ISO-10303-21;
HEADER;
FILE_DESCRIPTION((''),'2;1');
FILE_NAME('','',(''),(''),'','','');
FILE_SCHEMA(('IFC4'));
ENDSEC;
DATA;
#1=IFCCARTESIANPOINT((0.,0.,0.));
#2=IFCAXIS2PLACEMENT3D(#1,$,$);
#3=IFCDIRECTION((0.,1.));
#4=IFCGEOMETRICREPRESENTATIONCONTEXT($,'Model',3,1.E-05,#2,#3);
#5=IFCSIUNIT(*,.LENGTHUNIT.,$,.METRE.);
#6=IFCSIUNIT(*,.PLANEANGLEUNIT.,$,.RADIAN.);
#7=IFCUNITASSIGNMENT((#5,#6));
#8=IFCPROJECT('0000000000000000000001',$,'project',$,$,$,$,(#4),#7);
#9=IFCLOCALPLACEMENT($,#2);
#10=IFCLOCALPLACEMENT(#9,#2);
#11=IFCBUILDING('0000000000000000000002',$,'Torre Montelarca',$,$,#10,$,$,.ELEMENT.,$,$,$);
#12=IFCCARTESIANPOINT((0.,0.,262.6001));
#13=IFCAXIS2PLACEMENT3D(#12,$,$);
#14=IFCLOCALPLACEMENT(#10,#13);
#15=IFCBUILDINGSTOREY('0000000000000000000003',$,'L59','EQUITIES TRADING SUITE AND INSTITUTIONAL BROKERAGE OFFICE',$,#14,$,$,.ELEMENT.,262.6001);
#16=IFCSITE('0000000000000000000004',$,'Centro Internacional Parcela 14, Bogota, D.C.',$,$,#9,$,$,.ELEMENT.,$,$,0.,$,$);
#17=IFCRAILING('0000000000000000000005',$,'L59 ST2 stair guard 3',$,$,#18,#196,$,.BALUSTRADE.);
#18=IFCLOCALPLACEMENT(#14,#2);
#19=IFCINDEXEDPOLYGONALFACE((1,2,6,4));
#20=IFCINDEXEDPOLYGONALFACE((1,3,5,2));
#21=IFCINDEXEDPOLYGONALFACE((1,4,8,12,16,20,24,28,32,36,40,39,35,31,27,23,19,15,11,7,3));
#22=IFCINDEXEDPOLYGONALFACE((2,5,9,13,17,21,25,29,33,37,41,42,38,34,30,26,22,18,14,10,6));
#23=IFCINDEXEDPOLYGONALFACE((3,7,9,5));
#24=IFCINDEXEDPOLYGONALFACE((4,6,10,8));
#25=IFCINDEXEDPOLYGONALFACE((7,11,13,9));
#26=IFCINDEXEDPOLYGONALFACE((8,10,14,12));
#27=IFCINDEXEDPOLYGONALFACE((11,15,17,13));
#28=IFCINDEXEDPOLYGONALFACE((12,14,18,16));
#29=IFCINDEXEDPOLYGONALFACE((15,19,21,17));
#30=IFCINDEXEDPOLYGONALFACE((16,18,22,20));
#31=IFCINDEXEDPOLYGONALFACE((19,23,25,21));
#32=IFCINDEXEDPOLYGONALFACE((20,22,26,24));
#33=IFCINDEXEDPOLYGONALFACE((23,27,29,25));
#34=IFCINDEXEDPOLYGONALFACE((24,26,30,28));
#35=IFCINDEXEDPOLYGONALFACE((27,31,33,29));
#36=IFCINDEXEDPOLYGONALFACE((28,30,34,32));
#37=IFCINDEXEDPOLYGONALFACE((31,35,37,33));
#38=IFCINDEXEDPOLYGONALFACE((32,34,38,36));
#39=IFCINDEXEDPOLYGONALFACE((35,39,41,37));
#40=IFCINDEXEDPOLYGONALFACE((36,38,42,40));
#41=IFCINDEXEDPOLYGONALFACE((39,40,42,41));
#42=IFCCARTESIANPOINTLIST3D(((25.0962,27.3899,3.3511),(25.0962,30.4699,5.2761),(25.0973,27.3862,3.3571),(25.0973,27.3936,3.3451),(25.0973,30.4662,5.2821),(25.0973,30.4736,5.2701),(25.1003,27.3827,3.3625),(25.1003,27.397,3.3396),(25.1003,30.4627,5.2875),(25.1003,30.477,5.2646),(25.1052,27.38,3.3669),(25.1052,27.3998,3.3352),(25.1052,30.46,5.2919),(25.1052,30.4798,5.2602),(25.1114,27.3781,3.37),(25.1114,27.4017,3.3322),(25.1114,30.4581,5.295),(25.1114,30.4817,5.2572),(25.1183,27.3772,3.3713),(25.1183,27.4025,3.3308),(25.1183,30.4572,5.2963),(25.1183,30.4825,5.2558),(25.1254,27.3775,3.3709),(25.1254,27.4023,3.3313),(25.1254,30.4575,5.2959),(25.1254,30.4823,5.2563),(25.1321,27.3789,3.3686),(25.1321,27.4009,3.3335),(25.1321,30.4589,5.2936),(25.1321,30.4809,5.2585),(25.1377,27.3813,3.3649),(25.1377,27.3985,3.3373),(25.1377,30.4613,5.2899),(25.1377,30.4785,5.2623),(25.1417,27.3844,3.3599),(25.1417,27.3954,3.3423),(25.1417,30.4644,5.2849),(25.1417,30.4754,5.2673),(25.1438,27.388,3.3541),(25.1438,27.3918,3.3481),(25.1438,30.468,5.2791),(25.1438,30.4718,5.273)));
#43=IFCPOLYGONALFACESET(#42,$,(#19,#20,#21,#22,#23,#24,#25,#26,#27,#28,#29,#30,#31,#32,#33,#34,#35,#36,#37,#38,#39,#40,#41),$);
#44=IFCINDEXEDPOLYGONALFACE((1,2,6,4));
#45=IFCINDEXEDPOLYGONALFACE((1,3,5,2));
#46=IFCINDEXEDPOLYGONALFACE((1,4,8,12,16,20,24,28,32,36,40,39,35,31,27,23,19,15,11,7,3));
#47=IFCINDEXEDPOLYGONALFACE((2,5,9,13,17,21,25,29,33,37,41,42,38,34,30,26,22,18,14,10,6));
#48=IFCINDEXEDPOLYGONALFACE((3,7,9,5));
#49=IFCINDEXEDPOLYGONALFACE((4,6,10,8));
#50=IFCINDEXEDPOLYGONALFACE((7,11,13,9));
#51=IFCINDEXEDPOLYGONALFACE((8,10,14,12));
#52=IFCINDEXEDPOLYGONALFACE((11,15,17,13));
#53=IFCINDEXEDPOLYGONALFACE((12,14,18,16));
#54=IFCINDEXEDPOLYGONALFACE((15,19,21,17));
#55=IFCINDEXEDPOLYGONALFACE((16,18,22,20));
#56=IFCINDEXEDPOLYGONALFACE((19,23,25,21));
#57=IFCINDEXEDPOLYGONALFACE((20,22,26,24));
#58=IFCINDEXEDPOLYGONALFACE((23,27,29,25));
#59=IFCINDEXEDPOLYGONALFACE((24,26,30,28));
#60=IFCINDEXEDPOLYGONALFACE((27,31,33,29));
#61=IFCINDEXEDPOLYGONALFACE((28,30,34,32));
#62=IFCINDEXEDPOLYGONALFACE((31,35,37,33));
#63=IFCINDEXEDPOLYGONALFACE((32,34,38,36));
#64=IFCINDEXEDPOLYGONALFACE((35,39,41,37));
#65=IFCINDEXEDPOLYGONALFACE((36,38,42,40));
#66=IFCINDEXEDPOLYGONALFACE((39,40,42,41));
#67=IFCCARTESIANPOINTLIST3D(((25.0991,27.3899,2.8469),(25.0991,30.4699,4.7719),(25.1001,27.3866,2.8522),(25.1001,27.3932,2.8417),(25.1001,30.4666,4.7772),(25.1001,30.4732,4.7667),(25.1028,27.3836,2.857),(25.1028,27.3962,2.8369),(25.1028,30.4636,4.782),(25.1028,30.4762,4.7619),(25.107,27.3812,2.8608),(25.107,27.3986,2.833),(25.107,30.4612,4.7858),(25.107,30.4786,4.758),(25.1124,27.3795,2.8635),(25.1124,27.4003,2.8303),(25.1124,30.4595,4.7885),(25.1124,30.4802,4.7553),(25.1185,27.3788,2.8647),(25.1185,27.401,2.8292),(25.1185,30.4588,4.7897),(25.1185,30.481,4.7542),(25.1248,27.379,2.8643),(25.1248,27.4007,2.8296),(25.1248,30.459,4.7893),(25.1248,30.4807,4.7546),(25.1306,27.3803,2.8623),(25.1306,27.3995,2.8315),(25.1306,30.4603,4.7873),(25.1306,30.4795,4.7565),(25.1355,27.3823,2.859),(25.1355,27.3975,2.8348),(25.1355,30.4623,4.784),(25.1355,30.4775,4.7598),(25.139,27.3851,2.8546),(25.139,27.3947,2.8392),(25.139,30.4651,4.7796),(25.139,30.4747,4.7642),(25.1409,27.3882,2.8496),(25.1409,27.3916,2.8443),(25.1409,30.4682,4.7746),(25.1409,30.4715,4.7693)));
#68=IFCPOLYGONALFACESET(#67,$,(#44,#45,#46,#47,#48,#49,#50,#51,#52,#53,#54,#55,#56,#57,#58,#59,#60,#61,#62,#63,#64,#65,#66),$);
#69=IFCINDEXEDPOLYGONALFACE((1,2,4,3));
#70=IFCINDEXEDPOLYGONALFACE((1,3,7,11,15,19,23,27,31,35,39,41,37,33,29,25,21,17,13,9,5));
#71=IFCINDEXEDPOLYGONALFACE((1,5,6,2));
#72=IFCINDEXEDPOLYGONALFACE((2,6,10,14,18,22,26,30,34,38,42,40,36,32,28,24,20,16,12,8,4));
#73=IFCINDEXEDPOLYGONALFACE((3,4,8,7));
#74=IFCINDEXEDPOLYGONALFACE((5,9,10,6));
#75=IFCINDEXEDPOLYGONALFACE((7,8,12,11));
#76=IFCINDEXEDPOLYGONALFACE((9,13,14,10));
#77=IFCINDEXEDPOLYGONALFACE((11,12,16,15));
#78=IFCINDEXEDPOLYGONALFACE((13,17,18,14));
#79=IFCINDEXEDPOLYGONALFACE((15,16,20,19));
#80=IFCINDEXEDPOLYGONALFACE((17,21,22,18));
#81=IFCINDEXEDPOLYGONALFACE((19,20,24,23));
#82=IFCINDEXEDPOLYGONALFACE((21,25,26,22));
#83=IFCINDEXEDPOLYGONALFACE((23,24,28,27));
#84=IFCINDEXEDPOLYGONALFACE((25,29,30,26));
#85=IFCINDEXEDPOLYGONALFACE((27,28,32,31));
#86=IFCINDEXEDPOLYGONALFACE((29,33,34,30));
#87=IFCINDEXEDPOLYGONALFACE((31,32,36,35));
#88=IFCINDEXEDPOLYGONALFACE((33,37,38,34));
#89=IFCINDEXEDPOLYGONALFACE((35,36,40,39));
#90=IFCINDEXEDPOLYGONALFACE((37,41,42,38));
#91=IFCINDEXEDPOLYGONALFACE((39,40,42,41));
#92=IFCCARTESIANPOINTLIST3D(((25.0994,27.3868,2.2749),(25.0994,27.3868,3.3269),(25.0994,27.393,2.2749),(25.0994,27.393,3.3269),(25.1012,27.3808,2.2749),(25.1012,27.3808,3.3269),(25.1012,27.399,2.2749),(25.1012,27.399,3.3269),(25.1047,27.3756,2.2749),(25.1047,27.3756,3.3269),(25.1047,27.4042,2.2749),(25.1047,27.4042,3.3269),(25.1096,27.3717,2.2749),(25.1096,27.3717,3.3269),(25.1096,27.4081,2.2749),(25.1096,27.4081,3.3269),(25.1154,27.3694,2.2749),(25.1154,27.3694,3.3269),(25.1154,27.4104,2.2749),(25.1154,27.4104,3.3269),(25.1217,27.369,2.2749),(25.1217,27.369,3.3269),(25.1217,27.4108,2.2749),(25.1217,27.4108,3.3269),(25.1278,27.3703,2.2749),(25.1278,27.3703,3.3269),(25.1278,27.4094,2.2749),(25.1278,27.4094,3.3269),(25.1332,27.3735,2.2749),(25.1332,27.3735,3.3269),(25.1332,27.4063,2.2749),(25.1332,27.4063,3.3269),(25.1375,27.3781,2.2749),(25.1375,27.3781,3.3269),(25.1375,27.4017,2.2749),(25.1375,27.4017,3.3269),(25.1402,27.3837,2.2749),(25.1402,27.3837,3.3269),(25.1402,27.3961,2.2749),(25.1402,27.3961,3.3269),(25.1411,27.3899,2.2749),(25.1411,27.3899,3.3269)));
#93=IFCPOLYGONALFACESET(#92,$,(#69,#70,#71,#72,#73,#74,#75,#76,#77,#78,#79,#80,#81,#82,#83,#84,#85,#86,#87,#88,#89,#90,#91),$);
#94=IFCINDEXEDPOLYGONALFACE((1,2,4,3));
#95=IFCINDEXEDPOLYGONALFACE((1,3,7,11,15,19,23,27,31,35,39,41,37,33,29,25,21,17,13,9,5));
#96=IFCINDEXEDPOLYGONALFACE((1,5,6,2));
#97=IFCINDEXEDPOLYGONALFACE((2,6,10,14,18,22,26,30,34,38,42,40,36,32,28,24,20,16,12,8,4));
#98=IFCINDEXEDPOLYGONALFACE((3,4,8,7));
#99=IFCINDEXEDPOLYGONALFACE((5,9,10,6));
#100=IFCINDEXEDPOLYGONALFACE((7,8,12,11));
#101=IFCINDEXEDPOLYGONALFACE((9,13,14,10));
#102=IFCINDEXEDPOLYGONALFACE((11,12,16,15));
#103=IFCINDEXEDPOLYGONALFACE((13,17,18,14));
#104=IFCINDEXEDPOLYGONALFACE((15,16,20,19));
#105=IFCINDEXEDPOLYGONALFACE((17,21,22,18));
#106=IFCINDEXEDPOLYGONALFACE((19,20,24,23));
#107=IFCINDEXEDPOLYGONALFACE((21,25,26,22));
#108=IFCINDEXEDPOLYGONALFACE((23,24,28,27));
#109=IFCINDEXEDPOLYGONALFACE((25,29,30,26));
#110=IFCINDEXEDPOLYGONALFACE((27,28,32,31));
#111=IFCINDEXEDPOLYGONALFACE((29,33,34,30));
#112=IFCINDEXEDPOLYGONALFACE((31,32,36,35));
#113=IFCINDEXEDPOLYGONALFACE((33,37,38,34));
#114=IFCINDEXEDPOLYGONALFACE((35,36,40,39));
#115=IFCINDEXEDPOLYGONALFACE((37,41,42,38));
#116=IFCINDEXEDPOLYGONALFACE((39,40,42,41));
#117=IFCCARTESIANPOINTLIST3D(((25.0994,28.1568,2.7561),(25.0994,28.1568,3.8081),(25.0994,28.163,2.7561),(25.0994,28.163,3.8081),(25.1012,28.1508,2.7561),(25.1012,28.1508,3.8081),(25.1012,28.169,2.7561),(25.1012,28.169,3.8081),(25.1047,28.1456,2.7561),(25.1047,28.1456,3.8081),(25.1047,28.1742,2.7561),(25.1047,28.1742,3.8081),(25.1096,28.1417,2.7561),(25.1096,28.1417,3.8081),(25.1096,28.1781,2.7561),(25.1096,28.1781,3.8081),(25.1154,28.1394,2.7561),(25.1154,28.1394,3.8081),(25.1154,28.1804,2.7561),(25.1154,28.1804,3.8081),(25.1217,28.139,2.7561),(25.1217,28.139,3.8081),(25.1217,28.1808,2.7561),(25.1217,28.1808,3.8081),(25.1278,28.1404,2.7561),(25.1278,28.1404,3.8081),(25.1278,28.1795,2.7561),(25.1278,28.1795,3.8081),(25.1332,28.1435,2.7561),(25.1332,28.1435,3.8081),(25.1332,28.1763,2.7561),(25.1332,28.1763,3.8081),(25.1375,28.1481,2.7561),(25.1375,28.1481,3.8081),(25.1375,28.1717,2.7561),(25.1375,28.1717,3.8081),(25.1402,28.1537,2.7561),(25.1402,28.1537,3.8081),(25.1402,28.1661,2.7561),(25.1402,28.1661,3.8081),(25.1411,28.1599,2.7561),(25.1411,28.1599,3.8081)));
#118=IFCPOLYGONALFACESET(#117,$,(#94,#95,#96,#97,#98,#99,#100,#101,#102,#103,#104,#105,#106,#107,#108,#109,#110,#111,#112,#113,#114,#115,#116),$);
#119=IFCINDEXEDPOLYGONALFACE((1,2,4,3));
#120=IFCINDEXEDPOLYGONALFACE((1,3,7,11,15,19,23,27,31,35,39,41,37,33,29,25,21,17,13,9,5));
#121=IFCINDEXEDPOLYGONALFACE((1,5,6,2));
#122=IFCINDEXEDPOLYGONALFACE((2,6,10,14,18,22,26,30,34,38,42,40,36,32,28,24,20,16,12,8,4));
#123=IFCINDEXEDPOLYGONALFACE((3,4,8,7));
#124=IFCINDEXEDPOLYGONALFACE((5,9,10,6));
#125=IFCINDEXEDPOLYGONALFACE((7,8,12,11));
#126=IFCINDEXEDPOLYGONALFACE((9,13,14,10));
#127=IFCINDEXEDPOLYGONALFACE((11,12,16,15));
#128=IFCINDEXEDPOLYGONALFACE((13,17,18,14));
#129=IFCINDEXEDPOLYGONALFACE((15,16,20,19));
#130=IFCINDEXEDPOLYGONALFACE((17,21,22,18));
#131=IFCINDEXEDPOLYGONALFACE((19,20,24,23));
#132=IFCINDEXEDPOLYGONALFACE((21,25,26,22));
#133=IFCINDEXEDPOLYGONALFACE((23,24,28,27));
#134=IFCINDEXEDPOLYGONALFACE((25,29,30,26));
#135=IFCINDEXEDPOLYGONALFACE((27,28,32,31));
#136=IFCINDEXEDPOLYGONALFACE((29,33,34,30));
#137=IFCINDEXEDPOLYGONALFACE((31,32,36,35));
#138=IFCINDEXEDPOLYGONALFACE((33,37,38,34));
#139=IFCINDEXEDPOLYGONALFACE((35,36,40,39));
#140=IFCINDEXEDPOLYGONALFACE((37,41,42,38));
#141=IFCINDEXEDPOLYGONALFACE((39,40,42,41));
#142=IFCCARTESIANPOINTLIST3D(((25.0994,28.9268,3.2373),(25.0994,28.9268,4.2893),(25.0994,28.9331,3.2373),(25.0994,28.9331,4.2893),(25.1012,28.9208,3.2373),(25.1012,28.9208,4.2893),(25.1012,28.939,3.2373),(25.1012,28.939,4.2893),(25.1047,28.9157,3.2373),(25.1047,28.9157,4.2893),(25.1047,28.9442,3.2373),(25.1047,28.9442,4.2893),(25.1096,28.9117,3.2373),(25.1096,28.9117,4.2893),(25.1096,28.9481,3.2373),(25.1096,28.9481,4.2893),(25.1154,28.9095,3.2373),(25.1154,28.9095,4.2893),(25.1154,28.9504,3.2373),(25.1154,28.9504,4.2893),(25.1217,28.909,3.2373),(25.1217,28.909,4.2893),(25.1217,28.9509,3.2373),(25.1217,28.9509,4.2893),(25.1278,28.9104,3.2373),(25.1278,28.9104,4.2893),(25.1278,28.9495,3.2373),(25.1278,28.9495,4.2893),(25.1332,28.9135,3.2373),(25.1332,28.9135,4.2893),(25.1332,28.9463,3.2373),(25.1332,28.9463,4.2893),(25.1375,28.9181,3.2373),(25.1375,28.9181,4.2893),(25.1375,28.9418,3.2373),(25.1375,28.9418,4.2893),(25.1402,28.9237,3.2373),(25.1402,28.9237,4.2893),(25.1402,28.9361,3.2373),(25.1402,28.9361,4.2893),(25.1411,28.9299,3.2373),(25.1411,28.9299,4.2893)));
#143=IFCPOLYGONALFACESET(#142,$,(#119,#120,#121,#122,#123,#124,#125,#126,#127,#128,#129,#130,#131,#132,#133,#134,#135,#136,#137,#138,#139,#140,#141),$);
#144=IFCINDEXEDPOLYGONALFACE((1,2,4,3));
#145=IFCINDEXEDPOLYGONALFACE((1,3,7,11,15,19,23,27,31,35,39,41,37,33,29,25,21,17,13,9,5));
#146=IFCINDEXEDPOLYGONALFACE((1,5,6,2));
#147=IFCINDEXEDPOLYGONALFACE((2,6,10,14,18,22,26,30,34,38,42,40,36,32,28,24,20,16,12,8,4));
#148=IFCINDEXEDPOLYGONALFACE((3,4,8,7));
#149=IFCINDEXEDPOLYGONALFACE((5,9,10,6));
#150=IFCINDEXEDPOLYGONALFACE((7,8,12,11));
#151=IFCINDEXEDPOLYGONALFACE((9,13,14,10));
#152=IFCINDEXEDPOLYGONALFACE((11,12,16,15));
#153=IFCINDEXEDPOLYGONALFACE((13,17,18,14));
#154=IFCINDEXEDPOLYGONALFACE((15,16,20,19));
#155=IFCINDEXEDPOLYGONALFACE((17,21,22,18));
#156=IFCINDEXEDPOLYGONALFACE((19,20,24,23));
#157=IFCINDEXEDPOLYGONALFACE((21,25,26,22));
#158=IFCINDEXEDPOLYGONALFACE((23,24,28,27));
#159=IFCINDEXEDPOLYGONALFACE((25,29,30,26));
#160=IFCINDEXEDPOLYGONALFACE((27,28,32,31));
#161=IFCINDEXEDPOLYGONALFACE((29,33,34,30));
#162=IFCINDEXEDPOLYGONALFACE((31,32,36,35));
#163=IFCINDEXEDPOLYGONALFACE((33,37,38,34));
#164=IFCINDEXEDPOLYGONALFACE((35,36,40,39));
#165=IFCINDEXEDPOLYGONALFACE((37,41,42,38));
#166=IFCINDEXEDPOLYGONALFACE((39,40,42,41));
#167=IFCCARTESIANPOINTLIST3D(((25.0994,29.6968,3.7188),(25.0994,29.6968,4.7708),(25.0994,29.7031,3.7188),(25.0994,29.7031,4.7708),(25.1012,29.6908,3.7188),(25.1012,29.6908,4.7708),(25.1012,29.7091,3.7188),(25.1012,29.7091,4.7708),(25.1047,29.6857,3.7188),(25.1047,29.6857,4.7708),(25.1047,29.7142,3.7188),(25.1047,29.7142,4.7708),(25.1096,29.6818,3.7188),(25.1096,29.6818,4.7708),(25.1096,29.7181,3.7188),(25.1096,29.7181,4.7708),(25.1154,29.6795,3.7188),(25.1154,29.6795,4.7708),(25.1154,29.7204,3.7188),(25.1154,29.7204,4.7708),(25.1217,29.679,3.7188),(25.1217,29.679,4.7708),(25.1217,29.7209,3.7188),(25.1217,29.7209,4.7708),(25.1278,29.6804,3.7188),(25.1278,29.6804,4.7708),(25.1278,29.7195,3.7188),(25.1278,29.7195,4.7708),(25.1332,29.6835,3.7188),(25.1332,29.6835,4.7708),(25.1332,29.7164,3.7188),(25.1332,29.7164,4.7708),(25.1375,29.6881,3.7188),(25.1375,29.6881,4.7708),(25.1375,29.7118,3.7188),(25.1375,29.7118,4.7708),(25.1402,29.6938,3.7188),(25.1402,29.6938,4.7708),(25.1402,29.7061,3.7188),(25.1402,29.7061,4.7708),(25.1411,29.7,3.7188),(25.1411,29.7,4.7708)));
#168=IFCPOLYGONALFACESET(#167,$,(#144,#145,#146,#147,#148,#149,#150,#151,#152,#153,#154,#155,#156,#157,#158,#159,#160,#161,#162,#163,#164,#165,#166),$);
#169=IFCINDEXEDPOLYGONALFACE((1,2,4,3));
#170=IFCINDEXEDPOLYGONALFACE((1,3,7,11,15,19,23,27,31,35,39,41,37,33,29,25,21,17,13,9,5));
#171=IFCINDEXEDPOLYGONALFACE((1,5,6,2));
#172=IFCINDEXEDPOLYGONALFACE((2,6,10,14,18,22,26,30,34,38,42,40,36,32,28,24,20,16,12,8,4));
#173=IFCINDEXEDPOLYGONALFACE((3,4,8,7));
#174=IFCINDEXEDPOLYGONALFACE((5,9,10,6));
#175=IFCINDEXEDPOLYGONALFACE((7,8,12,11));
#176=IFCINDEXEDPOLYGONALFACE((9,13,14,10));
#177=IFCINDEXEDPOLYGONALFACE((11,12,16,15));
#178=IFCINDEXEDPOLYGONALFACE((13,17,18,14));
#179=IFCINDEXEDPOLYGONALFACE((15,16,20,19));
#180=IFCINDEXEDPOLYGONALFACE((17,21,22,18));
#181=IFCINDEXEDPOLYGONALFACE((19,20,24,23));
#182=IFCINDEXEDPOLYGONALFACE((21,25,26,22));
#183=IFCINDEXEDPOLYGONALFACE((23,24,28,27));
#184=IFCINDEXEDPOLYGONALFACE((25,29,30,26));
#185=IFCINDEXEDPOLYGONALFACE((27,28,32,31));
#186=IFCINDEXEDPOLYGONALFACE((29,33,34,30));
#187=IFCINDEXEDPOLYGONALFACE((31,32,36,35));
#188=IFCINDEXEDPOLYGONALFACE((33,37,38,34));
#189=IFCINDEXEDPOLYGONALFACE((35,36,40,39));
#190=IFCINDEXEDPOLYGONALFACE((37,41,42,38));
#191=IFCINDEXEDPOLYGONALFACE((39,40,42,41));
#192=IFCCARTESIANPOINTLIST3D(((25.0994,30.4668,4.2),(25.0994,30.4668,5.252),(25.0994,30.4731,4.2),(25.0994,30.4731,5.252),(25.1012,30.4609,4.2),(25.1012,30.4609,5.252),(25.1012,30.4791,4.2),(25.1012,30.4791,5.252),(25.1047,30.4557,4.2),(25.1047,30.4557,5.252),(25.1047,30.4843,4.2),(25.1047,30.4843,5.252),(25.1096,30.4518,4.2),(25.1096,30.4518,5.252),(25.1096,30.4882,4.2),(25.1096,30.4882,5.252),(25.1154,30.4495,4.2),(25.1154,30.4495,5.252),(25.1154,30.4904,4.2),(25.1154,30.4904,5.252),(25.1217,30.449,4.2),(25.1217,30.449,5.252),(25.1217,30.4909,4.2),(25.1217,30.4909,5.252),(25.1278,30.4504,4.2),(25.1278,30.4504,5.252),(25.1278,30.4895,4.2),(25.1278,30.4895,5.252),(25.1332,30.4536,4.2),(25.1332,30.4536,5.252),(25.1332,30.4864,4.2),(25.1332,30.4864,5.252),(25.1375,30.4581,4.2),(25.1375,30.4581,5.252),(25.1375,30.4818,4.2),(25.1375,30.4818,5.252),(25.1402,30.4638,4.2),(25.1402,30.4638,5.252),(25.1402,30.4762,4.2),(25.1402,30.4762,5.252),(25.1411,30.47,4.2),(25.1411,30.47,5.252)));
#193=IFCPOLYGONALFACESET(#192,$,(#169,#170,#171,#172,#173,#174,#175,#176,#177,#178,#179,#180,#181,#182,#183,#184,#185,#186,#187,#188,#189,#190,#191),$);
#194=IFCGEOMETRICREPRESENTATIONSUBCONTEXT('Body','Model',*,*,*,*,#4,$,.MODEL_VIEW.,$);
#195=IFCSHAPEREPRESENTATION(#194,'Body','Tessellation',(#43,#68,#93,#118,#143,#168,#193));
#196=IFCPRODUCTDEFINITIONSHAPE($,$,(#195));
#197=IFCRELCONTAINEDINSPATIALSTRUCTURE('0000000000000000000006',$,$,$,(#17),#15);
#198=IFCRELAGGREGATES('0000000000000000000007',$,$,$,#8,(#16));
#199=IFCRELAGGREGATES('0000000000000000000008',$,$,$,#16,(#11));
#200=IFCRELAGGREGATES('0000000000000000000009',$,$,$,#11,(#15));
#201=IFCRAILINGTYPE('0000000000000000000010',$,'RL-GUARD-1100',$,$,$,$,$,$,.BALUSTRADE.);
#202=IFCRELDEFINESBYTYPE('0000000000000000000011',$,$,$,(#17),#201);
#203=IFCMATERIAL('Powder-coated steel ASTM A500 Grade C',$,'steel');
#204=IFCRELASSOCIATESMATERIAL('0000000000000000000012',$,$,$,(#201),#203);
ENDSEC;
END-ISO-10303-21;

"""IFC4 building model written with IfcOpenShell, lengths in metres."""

from ifc_helpers import new_model, si_unit, direction, frame, origin, origin_2d, place, context, subcontext, project, spatial, circle, extrude, material, type_object, element, save


model = new_model("IFC4")

# Units and contexts
model_context = context("Model", 3, precision=1e-05, world=origin(), true_north=direction((0.0, 1.0)))
body_context = subcontext(model_context, "Body", "Model", "MODEL_VIEW")
ifc_project = project(units=[si_unit("LENGTHUNIT", "METRE"), si_unit("PLANEANGLEUNIT", "RADIAN")], contexts=[model_context])

# Site, building, storey
site_placement = place(None, origin())
site = spatial("IfcSite", under=ifc_project, at=site_placement, Name="Centro Internacional Parcela 14, Bogota, D.C.", CompositionType="ELEMENT", RefElevation=0.0)
building_placement = place(site_placement, origin())
building = spatial("IfcBuilding", under=site, at=building_placement, Name="Torre Montelarca", CompositionType="ELEMENT")
storey_placement = place(building_placement, frame((0.0, 0.0, 262.6001)))
storey = spatial("IfcBuildingStorey", under=building, at=storey_placement, Name="L59", Description="EQUITIES TRADING SUITE AND INSTITUTIONAL BROKERAGE OFFICE", CompositionType="ELEMENT", Elevation=262.6001)

# Railing
ifc_material_1 = material(Name="Powder-coated steel ASTM A500 Grade C", Category="steel")
railing_type_1 = type_object("IfcRailingType", Name="RL-GUARD-1100", PredefinedType="BALUSTRADE", material=ifc_material_1)
railing_1_placement = place(storey_placement, frame((25.1201, 27.3899, 2.2749)))
element("IfcRailing", 1, at=railing_1_placement, inside=storey, type_object=railing_type_1, Name="L59 ST2 stair guard 3", PredefinedType="BALUSTRADE", context=body_context, shape_type="SweptSolid", body=[
    extrude(circle(Radius=0.0239, at=origin_2d()), frame((0.0, 0.0, 1.0762), z_axis=(0.0, 0.847998, 0.529999), x_axis=(-1.0, 0.0, 0.0)), (0.0, 0.0, 1.0), 3.6321),
    extrude(circle(Radius=0.021, at=origin_2d()), frame((0.0, 0.0, 0.572), z_axis=(0.0, 0.847998, 0.529999), x_axis=(-1.0, 0.0, 0.0)), (0.0, 0.0, 1.0), 3.6321),
    extrude(circle(Radius=0.021, at=origin_2d()), origin(), (0.0, 0.0, 1.0), 1.052),
    extrude(circle(Radius=0.021, at=origin_2d()), frame((0.0, 0.77, 0.4812)), (0.0, 0.0, 1.0), 1.052),
    extrude(circle(Radius=0.021, at=origin_2d()), frame((0.0, 1.54, 0.9624)), (0.0, 0.0, 1.0), 1.052),
    extrude(circle(Radius=0.021, at=origin_2d()), frame((0.0, 2.3101, 1.4438)), (0.0, 0.0, 1.0), 1.052),
    extrude(circle(Radius=0.021, at=origin_2d()), frame((0.0, 3.0801, 1.925)), (0.0, 0.0, 1.0), 1.052),
])

save(model, "model.ifc")
